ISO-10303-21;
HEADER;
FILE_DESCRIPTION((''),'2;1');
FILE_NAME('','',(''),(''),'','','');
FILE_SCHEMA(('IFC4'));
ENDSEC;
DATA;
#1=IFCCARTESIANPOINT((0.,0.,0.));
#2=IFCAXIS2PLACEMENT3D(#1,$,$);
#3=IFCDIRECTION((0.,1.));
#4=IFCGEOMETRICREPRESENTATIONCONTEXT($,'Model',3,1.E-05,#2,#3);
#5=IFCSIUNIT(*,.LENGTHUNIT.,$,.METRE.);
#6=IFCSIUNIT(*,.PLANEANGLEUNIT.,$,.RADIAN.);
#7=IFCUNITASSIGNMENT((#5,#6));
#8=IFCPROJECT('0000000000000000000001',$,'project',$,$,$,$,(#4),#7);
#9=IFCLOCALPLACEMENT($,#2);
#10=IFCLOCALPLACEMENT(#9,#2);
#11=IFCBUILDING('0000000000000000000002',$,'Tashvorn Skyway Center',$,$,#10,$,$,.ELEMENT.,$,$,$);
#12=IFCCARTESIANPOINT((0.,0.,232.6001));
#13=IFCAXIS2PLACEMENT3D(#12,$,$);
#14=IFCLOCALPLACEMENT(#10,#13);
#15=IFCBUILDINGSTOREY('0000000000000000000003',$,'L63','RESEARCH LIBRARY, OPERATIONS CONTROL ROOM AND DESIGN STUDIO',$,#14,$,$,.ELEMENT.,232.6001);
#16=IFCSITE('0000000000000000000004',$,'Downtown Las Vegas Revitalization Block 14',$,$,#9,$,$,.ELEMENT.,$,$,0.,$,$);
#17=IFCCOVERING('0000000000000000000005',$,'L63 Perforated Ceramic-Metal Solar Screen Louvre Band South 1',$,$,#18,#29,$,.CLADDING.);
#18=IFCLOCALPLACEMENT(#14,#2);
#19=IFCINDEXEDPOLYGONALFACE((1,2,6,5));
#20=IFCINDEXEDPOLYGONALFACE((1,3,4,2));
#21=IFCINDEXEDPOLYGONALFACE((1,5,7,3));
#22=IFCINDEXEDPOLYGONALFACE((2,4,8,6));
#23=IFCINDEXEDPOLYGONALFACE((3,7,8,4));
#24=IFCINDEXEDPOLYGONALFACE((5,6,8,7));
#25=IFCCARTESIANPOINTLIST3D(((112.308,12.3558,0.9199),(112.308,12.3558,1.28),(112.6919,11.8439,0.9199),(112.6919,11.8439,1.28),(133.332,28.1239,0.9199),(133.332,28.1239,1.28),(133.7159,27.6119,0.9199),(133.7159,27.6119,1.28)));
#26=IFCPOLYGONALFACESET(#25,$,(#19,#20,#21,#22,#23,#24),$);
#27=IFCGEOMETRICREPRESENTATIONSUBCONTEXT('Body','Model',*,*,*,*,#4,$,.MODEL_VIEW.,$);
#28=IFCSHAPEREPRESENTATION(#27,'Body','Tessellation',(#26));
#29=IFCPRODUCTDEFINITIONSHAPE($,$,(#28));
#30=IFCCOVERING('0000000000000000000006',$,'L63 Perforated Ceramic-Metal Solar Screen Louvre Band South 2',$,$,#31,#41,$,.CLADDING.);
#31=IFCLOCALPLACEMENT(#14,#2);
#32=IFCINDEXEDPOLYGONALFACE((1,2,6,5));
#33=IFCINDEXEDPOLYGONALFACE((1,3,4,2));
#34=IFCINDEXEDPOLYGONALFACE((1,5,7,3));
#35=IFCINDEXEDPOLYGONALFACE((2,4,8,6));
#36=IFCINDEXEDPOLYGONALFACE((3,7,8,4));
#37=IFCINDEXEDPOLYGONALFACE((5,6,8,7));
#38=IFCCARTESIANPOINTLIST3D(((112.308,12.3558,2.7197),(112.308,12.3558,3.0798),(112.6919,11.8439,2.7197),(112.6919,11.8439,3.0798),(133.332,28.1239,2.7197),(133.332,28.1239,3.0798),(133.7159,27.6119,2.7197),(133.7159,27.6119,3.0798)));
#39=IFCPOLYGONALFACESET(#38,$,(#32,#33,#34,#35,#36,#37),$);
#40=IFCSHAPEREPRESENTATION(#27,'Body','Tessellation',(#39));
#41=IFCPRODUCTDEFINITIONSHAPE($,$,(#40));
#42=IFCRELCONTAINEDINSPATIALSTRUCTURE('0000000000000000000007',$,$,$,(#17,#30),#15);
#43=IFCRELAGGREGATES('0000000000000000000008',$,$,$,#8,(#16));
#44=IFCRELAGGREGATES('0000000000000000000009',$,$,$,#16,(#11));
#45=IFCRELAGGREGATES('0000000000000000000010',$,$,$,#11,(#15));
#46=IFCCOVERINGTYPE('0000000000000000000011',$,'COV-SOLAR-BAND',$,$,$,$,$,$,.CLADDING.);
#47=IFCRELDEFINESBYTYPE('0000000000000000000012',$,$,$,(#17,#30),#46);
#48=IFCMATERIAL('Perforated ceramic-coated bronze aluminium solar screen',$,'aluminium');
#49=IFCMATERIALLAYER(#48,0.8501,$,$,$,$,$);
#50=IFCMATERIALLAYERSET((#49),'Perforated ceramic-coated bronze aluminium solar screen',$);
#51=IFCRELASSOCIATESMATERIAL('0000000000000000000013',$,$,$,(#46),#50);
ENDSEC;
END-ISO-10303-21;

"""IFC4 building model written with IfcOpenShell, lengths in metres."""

from ifc_helpers import new_model, si_unit, direction, frame, origin, origin_2d, place, context, subcontext, project, spatial, rectangle, extrude, material, layer, layer_set, type_object, element, save


model = new_model("IFC4")

# Units and contexts
model_context = context("Model", 3, precision=1e-05, world=origin(), true_north=direction((0.0, 1.0)))
body_context = subcontext(model_context, "Body", "Model", "MODEL_VIEW")
ifc_project = project(units=[si_unit("LENGTHUNIT", "METRE"), si_unit("PLANEANGLEUNIT", "RADIAN")], contexts=[model_context])

# Site, building, storey
site_placement = place(None, origin())
site = spatial("IfcSite", under=ifc_project, at=site_placement, Name="Downtown Las Vegas Revitalization Block 14", CompositionType="ELEMENT", RefElevation=0.0)
building_placement = place(site_placement, origin())
building = spatial("IfcBuilding", under=site, at=building_placement, Name="Tashvorn Skyway Center", CompositionType="ELEMENT")
storey_placement = place(building_placement, frame((0.0, 0.0, 232.6001)))
storey = spatial("IfcBuildingStorey", under=building, at=storey_placement, Name="L63", Description="RESEARCH LIBRARY, OPERATIONS CONTROL ROOM AND DESIGN STUDIO", CompositionType="ELEMENT", Elevation=232.6001)

# Coverings
ifc_material_1 = material(Name="Perforated ceramic-coated bronze aluminium solar screen", Category="aluminium")
ifc_layer_1 = layer(ifc_material_1, 0.8501)
ifc_layer_set_1 = layer_set([ifc_layer_1], Name="Perforated ceramic-coated bronze aluminium solar screen")
covering_type_1 = type_object("IfcCoveringType", Name="COV-SOLAR-BAND", PredefinedType="CLADDING", material=ifc_layer_set_1)
for number, where, z_axis, x_axis, name in (
    (1, (123.012, 19.9839, 0.9199), (0.0, 0.0, 1.0), (-0.8, -0.6, 0.0), "L63 Perforated Ceramic-Metal Solar Screen Louvre Band South 1"),
    (2, (123.012, 19.9839, 2.7197), (0.0, 0.0, 1.0), (-0.8, -0.6, 0.0), "L63 Perforated Ceramic-Metal Solar Screen Louvre Band South 2"),
):
    element("IfcCovering", number, at=place(storey_placement, frame(where, z_axis=z_axis, x_axis=x_axis)), inside=storey, type_object=covering_type_1, Name=name, PredefinedType="CLADDING", context=body_context, shape_type="SweptSolid", body=[
        extrude(rectangle(XDim=26.28, YDim=0.6399, at=origin_2d()), origin(), (0.0, 0.0, 1.0), 0.3601),
    ])

save(model, "model.ifc")
